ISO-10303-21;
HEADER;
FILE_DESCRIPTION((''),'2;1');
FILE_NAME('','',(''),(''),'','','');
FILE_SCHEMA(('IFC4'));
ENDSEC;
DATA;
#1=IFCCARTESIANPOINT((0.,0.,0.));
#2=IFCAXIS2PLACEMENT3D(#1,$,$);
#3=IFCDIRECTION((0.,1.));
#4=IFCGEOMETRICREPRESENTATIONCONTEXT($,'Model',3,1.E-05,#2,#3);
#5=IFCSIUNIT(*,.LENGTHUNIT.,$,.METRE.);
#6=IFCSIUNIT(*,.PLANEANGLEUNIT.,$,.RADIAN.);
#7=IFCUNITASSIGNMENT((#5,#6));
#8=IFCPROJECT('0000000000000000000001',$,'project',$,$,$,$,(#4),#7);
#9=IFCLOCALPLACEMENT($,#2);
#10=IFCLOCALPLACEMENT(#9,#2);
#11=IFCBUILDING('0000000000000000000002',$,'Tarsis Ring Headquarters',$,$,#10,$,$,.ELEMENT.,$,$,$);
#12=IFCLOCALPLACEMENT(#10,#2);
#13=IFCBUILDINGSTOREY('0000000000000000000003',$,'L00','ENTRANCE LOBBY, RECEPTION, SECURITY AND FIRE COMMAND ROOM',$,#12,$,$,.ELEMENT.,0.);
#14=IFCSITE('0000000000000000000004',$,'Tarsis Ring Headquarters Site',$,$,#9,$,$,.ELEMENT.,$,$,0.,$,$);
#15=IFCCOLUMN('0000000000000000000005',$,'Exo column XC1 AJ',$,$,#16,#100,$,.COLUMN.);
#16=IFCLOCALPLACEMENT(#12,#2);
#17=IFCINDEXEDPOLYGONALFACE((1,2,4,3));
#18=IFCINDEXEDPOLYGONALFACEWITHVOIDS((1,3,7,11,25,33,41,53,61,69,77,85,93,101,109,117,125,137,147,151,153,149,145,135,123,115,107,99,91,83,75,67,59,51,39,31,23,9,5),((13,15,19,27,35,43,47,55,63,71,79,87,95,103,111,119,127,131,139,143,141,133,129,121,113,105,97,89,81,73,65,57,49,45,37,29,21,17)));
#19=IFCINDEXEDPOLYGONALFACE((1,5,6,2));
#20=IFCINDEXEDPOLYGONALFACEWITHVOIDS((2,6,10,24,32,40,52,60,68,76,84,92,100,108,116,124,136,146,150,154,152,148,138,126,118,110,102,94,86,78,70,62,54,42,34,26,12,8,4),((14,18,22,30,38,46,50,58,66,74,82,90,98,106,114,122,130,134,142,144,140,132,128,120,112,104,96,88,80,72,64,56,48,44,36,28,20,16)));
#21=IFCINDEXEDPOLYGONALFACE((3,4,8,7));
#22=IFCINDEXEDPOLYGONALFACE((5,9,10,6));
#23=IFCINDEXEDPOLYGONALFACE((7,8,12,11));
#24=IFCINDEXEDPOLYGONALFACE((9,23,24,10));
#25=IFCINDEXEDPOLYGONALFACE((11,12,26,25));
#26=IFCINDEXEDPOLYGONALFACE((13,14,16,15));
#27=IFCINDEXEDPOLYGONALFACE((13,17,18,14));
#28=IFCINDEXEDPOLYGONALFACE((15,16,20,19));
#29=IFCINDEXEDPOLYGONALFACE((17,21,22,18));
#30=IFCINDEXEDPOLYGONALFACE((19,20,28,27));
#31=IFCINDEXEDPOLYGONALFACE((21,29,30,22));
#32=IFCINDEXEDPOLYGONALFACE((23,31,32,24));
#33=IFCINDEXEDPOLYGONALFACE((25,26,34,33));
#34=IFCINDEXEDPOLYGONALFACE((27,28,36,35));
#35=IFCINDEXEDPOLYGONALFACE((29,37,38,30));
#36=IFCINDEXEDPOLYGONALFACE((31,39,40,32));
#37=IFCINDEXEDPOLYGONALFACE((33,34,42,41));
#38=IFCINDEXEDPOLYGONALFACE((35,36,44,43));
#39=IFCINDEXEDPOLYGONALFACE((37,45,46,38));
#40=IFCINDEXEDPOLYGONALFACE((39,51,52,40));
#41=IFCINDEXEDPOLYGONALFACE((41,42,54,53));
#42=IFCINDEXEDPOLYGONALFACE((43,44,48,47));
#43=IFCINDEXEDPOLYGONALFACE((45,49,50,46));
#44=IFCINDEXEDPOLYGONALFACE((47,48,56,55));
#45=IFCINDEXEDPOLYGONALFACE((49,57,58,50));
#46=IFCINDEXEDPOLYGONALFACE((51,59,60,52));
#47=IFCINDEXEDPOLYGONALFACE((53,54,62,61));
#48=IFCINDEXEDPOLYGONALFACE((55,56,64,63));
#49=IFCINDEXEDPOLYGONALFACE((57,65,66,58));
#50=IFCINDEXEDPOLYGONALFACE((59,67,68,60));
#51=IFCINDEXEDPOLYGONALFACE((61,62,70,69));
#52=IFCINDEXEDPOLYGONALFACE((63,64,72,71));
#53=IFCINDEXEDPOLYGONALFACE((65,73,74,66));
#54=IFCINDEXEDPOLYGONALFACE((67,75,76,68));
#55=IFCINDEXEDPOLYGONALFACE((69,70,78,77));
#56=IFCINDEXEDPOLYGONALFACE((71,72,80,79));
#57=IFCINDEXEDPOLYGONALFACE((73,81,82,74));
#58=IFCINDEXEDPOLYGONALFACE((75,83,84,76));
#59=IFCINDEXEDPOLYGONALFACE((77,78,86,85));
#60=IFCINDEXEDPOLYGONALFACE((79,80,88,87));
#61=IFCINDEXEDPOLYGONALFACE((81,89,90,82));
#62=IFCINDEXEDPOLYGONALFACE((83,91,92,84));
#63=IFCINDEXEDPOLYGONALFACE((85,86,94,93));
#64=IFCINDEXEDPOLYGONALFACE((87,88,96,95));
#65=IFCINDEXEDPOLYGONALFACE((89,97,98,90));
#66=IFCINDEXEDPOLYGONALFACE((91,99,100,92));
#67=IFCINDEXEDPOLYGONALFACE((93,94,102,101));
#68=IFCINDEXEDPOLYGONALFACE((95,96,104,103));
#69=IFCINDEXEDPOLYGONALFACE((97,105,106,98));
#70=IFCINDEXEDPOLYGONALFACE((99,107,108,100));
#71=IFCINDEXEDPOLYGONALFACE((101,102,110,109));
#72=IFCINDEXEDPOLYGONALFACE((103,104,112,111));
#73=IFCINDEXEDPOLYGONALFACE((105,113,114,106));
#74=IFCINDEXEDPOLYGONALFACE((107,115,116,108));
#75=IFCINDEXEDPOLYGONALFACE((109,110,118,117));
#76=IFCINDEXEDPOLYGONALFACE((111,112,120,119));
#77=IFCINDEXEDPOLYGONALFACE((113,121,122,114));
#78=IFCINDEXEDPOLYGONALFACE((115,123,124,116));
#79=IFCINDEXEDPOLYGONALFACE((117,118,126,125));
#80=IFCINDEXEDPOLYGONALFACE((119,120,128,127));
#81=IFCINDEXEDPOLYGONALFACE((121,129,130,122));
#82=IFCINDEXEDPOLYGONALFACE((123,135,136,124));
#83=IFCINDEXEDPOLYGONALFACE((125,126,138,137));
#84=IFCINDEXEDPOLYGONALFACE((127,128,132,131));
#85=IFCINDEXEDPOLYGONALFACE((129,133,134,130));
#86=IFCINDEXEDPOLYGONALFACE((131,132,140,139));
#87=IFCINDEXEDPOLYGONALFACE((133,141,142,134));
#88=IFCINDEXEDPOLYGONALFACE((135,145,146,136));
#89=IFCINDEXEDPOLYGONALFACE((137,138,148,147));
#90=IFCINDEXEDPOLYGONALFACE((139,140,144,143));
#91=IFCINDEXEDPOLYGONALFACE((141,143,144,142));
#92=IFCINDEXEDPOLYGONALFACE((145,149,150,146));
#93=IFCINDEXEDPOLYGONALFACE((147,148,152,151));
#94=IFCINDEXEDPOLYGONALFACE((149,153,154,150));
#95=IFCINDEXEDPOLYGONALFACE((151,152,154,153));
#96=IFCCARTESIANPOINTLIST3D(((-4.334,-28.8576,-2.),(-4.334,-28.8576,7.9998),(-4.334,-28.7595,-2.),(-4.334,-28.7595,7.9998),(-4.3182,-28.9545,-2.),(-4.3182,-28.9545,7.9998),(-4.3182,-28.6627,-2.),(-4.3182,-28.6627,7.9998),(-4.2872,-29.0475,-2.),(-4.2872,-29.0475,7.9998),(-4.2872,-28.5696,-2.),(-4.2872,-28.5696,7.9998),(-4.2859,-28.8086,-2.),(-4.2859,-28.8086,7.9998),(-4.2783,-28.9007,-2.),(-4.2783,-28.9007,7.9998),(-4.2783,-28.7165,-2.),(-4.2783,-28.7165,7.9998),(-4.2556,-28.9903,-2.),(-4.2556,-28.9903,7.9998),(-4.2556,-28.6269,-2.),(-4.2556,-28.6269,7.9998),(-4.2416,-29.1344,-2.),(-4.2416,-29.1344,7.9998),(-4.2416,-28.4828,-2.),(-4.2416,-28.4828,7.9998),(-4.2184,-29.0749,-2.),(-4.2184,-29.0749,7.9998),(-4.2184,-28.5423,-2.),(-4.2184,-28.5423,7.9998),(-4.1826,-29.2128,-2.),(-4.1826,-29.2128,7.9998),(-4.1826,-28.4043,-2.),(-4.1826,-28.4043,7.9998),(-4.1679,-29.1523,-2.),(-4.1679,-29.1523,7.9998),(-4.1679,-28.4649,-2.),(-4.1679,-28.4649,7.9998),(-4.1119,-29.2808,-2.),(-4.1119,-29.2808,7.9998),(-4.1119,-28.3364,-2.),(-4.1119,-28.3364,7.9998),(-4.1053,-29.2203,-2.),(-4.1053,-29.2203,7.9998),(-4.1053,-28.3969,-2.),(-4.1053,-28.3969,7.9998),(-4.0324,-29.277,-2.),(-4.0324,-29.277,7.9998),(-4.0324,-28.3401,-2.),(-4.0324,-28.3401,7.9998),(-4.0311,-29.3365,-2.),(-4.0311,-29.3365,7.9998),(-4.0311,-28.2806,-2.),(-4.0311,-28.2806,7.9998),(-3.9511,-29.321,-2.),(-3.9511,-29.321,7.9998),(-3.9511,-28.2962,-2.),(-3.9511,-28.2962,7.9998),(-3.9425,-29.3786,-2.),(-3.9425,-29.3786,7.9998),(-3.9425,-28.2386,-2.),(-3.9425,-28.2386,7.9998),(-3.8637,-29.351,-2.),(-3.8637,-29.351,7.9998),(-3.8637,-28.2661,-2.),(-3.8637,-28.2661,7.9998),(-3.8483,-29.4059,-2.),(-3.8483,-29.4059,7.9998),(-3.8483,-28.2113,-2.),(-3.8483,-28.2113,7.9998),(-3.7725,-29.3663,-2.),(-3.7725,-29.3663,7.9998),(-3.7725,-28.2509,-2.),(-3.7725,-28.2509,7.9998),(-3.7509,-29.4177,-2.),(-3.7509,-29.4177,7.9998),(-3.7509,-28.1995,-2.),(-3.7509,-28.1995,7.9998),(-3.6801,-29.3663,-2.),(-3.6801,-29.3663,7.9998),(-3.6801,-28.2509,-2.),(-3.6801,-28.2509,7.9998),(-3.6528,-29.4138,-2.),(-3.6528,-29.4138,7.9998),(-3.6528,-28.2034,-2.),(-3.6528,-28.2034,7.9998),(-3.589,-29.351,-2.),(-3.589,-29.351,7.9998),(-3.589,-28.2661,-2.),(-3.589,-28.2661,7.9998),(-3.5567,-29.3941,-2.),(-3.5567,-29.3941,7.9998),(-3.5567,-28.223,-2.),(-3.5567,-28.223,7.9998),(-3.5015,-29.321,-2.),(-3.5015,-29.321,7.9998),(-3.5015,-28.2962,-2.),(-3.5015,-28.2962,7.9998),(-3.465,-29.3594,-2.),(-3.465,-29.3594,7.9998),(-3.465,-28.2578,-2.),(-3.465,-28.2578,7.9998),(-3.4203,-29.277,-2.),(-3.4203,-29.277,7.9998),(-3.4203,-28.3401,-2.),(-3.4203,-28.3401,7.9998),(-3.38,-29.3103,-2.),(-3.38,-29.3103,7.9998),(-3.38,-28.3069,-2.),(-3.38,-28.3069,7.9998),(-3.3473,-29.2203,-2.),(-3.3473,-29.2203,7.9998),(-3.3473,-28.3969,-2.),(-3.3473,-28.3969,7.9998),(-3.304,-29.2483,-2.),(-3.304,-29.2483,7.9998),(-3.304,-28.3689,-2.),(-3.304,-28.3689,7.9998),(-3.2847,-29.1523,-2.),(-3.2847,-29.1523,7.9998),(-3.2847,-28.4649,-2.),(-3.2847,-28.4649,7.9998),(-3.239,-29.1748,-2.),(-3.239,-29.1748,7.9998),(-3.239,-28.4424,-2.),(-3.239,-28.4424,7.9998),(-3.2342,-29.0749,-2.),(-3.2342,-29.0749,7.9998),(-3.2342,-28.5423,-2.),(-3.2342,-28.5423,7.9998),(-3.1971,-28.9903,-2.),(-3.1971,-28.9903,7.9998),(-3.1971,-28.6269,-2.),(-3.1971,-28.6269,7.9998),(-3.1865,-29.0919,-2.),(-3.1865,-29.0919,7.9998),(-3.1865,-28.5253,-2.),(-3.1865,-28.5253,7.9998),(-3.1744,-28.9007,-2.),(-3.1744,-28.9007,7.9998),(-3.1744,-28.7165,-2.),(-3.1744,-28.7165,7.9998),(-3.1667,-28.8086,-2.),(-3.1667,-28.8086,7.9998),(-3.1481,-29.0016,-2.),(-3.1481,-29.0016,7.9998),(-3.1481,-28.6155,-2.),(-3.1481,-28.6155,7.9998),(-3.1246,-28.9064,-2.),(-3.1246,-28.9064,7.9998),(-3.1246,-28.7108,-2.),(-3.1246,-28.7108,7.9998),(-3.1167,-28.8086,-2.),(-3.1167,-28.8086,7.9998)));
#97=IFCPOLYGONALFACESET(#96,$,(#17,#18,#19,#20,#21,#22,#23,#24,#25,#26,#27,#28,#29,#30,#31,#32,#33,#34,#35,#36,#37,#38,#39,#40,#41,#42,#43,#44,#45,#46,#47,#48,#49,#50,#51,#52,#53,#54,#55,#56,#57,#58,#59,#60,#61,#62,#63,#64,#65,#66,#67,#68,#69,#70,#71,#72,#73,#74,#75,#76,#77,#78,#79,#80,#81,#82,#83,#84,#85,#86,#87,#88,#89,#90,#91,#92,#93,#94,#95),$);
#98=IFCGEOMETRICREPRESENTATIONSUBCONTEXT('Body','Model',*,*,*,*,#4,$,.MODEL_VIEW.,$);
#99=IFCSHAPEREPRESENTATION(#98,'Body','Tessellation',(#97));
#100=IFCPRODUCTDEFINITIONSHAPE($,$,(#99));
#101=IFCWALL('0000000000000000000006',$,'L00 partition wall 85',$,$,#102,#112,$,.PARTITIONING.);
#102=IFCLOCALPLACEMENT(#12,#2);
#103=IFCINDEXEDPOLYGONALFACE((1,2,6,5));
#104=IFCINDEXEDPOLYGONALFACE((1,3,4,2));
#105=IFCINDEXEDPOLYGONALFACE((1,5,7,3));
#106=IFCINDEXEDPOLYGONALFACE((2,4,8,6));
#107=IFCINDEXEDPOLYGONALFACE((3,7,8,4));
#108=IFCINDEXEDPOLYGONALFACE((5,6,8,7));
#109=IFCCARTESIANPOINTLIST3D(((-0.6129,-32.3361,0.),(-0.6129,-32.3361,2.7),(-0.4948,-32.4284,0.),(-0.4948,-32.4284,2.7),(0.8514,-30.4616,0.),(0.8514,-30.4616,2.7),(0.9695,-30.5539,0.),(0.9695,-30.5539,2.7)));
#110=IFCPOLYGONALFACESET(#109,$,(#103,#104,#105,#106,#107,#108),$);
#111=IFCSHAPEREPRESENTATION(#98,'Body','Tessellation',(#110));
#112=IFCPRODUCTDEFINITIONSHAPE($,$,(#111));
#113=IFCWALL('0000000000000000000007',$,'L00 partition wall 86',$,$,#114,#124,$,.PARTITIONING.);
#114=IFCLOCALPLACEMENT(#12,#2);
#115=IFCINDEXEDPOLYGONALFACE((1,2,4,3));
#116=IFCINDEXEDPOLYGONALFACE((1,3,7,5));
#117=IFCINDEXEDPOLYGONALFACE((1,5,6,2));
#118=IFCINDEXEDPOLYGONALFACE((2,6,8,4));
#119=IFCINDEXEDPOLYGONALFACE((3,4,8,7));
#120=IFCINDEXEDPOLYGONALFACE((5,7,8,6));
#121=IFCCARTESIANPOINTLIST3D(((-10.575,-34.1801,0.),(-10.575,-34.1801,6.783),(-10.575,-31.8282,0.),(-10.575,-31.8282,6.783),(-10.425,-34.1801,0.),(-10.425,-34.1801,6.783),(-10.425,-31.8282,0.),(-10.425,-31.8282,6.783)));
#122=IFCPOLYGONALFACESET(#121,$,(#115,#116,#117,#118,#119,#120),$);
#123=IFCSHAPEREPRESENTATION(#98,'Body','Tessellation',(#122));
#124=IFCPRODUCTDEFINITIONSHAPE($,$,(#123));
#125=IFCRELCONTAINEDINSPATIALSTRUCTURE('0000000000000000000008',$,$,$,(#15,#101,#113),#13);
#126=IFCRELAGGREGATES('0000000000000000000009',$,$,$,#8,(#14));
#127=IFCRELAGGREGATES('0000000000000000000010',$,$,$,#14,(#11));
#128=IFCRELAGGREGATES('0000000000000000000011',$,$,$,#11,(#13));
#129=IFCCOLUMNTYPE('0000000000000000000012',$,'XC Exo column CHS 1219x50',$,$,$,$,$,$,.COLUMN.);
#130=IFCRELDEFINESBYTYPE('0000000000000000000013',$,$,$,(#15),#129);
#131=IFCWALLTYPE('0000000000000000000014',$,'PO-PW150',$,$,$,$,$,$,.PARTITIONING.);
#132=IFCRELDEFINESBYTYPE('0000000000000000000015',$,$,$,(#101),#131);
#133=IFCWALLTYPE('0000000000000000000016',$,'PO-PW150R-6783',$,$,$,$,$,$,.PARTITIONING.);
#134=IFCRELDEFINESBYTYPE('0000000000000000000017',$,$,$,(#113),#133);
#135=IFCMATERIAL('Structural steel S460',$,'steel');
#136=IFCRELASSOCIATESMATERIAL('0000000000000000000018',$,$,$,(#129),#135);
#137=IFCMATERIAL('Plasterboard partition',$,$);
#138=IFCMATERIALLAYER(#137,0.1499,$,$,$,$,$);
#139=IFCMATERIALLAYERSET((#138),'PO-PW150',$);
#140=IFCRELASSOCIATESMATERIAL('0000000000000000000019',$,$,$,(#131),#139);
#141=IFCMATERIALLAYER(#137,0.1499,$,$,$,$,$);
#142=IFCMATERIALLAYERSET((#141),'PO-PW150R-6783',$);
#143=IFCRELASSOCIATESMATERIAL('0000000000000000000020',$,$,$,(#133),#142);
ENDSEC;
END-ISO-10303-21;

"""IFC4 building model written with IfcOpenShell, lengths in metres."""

from ifc_helpers import new_model, si_unit, direction, frame, frame_2d, origin, origin_2d, place, context, subcontext, project, spatial, rectangle, hollow_circle, extrude, material, layer, layer_set, material_profile, profile_set, type_object, element, save


model = new_model("IFC4")

# Units and contexts
model_context = context("Model", 3, precision=1e-05, world=origin(), true_north=direction((0.0, 1.0)))
body_context = subcontext(model_context, "Body", "Model", "MODEL_VIEW")
ifc_project = project(units=[si_unit("LENGTHUNIT", "METRE"), si_unit("PLANEANGLEUNIT", "RADIAN")], contexts=[model_context])

# Site, building, storey
site_placement = place(None, origin())
site = spatial("IfcSite", under=ifc_project, at=site_placement, Name="Tarsis Ring Headquarters Site", CompositionType="ELEMENT", RefElevation=0.0)
building_placement = place(site_placement, origin())
building = spatial("IfcBuilding", under=site, at=building_placement, Name="Tarsis Ring Headquarters", CompositionType="ELEMENT")
storey_placement = place(building_placement, origin())
storey = spatial("IfcBuildingStorey", under=building, at=storey_placement, Name="L00", Description="ENTRANCE LOBBY, RECEPTION, SECURITY AND FIRE COMMAND ROOM", CompositionType="ELEMENT", Elevation=0.0)

# Column
ifc_material_1 = material(Name="Structural steel S460", Category="steel")
ifc_material_profile_1 = material_profile(ifc_material_1, hollow_circle(Radius=0.6096, WallThickness=0.05, at=origin_2d()), Name="CHS 1219x50")
ifc_profile_set_1 = profile_set([ifc_material_profile_1], Name="Structural steel S460")
column_type_1 = type_object("IfcColumnType", Name="XC Exo column CHS 1219x50", PredefinedType="COLUMN", material=ifc_profile_set_1)
column_1_placement = place(storey_placement, frame((-3.7263, -28.8086, -2.0), z_axis=(0.0, 0.0, 1.0), x_axis=(1.0, 0.0, 0.0)))
element("IfcColumn", 1, at=column_1_placement, inside=storey, type_object=column_type_1, Name="Exo column XC1 AJ", PredefinedType="COLUMN", context=body_context, shape_type="SweptSolid", body=[
    extrude(hollow_circle(Radius=0.6096, WallThickness=0.05, at=origin_2d()), origin(), (0.0, 0.0, 1.0), 9.9998),
])

# Walls
ifc_material_2 = material(Name="Plasterboard partition")
ifc_layer_1 = layer(ifc_material_2, 0.1499)
ifc_layer_set_1 = layer_set([ifc_layer_1], Name="PO-PW150")
wall_type_1 = type_object("IfcWallType", Name="PO-PW150", PredefinedType="PARTITIONING", material=ifc_layer_set_1)
wall_1_placement = place(storey_placement, frame((-0.554, -32.3823, 0.0), z_axis=(0.0, 0.0, 1.0), x_axis=(0.615616, 0.788046, 0.0)))
element("IfcWall", 2, at=wall_1_placement, inside=storey, type_object=wall_type_1, Name="L00 partition wall 85", PredefinedType="PARTITIONING", context=body_context, shape_type="SweptSolid", body=[
    extrude(rectangle(XDim=2.3787, YDim=0.1499, at=frame_2d((1.1895, 0.0))), origin(), (0.0, 0.0, 1.0), 2.7),
])
ifc_layer_2 = layer(ifc_material_2, 0.1499)
ifc_layer_set_2 = layer_set([ifc_layer_2], Name="PO-PW150R-6783")
wall_type_2 = type_object("IfcWallType", Name="PO-PW150R-6783", PredefinedType="PARTITIONING", material=ifc_layer_set_2)
wall_2_placement = place(storey_placement, frame((-10.5, -31.8284, 0.0), z_axis=(0.0, 0.0, 1.0), x_axis=(0.0, -1.0, 0.0)))
element("IfcWall", 3, at=wall_2_placement, inside=storey, type_object=wall_type_2, Name="L00 partition wall 86", PredefinedType="PARTITIONING", context=body_context, shape_type="SweptSolid", body=[
    extrude(rectangle(XDim=2.3518, YDim=0.1499, at=frame_2d((1.1758, 0.0))), origin(), (0.0, 0.0, 1.0), 6.783),
])

save(model, "model.ifc")
